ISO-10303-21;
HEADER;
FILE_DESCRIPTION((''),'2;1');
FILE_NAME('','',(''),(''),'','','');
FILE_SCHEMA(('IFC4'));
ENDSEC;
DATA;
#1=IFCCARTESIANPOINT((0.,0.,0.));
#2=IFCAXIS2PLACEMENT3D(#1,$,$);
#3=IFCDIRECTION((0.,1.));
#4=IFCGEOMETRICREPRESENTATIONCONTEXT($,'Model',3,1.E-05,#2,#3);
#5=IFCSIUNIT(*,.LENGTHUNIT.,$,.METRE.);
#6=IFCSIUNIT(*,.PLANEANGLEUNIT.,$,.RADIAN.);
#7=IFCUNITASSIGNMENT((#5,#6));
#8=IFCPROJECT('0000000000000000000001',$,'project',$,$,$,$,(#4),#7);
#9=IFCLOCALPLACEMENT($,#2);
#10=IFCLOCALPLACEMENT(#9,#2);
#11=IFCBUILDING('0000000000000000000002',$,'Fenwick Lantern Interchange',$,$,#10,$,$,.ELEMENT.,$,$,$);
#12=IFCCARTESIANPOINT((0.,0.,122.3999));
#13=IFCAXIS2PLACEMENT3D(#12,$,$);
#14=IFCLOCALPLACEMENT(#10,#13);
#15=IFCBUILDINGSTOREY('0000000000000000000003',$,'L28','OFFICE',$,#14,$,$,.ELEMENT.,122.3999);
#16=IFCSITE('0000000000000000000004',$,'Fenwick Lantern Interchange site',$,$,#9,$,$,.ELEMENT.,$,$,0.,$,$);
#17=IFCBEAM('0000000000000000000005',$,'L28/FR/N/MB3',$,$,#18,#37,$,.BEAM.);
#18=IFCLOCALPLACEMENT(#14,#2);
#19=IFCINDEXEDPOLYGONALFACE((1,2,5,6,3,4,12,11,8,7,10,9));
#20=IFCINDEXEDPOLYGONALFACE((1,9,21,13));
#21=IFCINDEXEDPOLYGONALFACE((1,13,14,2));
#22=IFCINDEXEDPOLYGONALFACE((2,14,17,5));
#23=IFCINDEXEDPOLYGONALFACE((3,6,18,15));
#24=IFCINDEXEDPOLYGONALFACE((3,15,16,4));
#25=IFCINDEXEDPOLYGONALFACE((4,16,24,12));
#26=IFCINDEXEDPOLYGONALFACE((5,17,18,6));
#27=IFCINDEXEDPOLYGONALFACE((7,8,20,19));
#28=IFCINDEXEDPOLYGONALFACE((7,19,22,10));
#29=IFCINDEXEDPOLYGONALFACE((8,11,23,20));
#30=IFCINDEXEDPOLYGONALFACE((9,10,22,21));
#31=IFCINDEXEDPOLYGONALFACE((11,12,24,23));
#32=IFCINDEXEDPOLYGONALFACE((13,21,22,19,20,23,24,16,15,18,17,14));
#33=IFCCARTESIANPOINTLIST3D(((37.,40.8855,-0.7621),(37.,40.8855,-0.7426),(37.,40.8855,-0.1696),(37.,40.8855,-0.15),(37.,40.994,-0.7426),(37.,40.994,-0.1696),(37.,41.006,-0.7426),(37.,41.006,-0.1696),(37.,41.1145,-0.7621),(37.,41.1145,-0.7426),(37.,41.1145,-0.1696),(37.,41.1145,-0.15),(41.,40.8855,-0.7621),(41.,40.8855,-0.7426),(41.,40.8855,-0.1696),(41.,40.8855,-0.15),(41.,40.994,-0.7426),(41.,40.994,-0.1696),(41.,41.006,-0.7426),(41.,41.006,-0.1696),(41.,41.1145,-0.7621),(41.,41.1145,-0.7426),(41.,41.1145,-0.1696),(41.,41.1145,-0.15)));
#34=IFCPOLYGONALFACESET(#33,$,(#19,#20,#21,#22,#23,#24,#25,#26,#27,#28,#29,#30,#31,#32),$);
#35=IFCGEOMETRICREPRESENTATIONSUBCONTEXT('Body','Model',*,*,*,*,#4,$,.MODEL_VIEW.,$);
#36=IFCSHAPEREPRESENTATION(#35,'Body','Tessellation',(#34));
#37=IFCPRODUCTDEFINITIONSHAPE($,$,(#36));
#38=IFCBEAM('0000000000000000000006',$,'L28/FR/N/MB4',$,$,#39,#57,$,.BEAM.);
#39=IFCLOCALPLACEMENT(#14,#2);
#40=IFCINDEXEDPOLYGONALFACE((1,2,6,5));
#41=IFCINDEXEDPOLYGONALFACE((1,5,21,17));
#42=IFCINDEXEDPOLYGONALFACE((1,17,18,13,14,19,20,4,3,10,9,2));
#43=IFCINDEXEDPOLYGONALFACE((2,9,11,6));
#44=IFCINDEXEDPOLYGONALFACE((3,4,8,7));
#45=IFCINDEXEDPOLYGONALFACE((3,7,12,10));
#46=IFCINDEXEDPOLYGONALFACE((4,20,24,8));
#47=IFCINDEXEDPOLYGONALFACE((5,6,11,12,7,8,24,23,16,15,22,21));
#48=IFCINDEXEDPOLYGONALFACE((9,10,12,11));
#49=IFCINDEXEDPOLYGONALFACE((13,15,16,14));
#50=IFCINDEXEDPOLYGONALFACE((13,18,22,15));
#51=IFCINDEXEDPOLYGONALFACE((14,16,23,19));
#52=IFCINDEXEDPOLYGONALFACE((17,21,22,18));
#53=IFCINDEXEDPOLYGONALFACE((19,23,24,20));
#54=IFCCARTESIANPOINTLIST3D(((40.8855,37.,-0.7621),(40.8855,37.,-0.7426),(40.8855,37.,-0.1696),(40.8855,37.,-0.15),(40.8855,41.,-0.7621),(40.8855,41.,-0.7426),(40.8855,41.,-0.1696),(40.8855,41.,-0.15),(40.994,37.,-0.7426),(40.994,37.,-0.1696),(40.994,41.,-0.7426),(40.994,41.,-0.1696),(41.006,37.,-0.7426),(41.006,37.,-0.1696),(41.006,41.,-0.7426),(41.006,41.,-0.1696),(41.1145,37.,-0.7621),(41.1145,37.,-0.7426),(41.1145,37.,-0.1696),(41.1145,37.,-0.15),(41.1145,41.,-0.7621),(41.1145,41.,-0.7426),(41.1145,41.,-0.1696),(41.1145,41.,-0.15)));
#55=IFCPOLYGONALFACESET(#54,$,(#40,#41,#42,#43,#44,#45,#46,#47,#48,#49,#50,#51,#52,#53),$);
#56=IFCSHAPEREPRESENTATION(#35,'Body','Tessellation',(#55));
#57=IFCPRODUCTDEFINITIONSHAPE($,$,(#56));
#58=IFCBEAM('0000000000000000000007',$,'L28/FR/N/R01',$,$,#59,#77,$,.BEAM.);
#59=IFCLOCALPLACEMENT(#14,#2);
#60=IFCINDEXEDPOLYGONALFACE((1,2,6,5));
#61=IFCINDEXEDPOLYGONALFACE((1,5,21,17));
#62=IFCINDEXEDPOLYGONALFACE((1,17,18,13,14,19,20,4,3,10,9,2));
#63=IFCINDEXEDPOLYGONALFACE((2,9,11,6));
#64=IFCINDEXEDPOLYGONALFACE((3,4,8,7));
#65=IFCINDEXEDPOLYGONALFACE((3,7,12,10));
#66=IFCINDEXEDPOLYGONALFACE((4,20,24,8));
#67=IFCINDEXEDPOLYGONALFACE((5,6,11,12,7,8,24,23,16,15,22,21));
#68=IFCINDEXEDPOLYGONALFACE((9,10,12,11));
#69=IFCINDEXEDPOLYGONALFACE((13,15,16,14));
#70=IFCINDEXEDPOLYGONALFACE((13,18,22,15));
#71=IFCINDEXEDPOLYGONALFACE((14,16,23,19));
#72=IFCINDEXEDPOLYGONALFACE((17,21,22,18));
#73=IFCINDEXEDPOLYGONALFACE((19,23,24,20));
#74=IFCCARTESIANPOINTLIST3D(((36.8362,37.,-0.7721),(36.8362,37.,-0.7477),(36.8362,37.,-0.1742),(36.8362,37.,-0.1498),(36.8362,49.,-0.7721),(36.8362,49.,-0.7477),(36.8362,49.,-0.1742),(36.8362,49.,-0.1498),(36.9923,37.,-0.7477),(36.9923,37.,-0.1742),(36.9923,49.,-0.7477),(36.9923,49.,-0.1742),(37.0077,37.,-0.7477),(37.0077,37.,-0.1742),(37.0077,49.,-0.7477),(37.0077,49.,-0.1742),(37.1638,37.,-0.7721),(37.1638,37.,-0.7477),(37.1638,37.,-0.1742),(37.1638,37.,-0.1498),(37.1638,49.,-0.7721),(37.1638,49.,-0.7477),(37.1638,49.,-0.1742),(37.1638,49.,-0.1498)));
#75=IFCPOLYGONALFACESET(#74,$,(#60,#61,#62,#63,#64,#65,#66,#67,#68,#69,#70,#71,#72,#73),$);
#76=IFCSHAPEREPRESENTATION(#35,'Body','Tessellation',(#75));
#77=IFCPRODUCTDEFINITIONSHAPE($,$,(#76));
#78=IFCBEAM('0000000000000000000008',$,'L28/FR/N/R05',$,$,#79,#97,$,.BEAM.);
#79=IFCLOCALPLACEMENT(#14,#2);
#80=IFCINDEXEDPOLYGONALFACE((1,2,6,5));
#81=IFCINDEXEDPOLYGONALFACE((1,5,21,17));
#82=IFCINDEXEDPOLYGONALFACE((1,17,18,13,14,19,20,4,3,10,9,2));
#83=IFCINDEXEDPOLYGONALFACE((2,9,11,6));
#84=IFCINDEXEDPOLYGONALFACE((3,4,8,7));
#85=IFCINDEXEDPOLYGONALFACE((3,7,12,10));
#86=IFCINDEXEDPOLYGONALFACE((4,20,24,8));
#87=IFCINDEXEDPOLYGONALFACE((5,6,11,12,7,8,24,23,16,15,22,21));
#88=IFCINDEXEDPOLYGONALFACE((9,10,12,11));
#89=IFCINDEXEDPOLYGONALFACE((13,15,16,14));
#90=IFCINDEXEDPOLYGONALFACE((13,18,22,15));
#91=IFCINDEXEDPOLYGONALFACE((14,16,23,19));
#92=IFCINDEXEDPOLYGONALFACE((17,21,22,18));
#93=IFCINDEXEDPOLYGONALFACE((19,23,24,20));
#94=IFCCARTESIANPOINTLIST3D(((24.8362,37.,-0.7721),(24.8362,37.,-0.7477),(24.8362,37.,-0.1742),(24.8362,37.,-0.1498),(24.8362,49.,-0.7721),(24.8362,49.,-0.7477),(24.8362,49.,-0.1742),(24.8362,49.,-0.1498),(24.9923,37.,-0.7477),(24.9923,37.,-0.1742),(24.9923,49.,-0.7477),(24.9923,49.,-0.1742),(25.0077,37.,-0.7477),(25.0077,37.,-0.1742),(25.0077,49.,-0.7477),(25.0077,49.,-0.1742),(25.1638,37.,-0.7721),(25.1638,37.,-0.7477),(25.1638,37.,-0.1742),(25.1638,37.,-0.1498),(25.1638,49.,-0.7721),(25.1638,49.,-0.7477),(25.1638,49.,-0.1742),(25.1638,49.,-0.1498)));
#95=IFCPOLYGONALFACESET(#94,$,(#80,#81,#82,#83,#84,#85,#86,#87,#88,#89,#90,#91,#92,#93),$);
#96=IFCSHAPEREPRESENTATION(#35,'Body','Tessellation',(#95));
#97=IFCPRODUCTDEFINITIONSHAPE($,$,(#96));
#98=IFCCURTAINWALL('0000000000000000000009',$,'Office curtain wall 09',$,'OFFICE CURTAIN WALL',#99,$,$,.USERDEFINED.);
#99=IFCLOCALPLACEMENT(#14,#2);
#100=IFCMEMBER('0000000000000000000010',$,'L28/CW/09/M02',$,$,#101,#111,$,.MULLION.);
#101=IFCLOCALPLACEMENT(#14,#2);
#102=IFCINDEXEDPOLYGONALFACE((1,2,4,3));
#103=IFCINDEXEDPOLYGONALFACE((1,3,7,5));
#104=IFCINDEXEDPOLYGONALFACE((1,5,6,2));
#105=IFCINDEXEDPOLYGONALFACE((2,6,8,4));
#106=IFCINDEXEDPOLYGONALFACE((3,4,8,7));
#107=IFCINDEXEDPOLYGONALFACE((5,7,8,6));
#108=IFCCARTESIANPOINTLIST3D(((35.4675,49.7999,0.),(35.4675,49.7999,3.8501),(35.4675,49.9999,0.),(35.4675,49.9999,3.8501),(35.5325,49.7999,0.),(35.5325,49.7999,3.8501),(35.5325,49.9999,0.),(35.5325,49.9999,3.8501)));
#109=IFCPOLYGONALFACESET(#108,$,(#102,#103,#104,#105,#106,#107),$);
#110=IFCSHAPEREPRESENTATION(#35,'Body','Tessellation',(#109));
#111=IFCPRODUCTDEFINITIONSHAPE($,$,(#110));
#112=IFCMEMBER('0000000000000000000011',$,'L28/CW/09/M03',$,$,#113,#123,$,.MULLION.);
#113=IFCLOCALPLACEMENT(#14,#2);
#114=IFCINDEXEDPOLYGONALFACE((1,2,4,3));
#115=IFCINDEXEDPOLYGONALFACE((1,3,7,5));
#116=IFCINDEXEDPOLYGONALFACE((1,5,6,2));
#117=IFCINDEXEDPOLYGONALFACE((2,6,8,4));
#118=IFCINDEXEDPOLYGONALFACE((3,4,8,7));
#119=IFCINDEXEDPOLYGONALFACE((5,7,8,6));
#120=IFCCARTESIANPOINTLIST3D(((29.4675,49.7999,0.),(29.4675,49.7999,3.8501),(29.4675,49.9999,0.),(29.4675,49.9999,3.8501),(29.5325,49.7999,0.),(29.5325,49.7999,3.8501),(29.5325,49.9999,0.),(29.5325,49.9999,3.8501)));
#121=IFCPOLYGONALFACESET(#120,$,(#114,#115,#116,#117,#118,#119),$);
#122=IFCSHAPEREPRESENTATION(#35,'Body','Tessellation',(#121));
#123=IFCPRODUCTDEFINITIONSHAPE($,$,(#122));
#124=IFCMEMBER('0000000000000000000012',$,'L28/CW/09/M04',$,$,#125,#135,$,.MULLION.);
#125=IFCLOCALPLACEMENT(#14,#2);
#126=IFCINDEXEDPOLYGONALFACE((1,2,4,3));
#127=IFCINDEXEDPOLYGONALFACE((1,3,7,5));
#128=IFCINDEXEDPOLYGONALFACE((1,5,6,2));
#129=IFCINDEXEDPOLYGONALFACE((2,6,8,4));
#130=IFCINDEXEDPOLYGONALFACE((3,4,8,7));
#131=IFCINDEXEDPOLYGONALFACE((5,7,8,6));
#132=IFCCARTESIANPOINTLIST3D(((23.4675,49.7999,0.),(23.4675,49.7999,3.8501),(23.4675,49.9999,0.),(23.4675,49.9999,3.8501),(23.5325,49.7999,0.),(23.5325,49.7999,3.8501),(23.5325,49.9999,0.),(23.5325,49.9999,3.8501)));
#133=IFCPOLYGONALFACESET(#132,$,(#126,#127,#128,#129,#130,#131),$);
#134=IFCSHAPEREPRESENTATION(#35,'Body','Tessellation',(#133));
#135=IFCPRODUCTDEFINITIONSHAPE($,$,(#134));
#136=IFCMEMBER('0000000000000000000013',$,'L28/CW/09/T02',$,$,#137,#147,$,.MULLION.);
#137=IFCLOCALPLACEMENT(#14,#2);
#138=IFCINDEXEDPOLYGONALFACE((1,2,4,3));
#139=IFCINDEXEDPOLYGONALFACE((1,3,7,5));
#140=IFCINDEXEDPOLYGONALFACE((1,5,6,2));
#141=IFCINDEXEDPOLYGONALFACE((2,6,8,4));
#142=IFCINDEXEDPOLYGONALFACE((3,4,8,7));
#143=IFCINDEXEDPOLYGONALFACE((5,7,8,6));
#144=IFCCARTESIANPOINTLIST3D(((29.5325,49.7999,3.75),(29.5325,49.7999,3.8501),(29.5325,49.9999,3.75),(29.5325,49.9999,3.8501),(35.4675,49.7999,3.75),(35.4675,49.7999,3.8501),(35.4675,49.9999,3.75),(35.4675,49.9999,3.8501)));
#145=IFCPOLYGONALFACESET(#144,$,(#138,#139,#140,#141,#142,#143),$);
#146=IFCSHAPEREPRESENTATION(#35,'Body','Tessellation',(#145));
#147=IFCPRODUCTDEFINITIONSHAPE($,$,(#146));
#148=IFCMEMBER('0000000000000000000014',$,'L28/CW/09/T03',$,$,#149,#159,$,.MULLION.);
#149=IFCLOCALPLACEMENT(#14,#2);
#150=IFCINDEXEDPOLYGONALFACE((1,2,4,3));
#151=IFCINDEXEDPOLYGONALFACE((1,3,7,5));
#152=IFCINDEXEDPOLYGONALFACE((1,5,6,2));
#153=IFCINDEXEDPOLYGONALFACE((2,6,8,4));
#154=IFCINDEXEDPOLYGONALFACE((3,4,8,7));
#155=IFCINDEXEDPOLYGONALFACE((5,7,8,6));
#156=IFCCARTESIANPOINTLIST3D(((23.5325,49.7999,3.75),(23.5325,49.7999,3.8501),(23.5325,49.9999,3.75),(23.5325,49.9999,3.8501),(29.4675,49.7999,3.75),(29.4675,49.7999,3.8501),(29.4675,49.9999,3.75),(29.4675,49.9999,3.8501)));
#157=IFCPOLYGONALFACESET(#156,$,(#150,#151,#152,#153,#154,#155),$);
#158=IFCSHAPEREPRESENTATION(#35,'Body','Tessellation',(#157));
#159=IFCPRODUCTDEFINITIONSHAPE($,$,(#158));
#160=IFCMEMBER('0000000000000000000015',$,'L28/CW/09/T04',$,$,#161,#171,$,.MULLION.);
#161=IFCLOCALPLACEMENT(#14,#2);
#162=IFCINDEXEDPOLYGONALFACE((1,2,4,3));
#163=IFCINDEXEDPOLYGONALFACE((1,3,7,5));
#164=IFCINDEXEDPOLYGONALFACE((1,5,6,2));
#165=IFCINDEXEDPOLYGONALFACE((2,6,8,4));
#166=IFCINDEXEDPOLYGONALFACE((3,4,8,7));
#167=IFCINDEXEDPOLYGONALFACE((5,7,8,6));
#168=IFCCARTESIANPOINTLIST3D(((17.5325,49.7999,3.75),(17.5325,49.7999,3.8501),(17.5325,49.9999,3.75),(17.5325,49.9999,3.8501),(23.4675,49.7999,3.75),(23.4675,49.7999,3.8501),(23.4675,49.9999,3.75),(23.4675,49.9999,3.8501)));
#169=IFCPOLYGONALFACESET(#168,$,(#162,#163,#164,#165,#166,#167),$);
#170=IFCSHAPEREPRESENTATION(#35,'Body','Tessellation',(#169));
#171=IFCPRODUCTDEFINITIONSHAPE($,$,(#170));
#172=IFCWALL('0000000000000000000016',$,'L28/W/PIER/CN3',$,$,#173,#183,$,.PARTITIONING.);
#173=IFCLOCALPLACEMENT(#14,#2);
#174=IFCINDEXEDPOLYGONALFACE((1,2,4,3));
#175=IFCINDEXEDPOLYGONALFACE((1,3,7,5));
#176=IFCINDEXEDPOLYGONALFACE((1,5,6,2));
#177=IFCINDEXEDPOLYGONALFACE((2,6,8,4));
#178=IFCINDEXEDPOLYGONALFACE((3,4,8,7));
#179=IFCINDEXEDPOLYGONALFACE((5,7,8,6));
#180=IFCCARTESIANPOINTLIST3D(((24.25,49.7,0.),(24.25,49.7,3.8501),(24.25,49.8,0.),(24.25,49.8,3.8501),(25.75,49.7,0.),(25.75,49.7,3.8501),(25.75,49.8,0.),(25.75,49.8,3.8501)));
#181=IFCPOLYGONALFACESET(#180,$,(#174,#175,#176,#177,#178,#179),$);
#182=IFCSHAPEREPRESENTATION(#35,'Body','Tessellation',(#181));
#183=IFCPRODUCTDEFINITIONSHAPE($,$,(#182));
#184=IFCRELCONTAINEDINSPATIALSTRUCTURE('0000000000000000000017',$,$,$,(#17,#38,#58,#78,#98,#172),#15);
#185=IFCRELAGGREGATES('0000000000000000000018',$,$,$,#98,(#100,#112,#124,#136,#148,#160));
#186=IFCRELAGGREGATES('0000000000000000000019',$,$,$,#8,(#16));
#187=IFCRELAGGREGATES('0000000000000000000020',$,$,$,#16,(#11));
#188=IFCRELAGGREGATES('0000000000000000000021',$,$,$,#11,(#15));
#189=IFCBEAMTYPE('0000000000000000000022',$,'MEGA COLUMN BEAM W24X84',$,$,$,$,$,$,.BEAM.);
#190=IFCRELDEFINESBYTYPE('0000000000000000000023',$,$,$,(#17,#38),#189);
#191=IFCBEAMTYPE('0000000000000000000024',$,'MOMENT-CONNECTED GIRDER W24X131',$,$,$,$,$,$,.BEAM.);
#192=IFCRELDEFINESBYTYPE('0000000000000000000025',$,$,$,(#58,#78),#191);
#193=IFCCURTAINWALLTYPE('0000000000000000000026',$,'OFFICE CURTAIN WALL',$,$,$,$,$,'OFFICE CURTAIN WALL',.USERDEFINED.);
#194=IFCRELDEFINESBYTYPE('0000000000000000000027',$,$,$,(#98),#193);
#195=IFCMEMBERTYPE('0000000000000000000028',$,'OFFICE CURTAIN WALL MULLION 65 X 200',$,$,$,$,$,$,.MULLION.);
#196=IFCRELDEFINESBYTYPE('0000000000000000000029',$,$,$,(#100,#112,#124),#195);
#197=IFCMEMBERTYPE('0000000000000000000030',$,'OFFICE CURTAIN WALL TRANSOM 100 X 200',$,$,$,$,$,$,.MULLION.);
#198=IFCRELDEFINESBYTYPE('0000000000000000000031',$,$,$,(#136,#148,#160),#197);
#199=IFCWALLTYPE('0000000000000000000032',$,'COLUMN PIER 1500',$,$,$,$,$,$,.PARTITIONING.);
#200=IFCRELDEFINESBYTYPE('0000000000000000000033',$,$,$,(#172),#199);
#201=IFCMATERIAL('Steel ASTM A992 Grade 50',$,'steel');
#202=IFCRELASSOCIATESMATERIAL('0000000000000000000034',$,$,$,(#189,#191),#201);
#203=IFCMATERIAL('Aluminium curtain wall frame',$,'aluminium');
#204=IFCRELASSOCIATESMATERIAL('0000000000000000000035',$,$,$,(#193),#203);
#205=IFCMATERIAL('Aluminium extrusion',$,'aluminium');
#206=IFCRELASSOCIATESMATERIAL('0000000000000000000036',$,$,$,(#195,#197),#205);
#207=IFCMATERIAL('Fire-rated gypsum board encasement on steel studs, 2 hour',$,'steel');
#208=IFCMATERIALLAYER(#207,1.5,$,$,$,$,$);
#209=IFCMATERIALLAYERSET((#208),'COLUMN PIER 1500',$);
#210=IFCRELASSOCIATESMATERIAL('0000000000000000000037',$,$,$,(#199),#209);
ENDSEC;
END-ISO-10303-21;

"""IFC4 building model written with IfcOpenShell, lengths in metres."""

from ifc_helpers import new_model, si_unit, direction, frame, frame_2d, origin, origin_2d, place, context, subcontext, project, spatial, rectangle, i_section, extrude, material, layer, layer_set, material_profile, profile_set, type_object, element, aggregate, save


model = new_model("IFC4")

# Units and contexts
model_context = context("Model", 3, precision=1e-05, world=origin(), true_north=direction((0.0, 1.0)))
body_context = subcontext(model_context, "Body", "Model", "MODEL_VIEW")
ifc_project = project(units=[si_unit("LENGTHUNIT", "METRE"), si_unit("PLANEANGLEUNIT", "RADIAN")], contexts=[model_context])

# Site, building, storey
site_placement = place(None, origin())
site = spatial("IfcSite", under=ifc_project, at=site_placement, Name="Fenwick Lantern Interchange site", CompositionType="ELEMENT", RefElevation=0.0)
building_placement = place(site_placement, origin())
building = spatial("IfcBuilding", under=site, at=building_placement, Name="Fenwick Lantern Interchange", CompositionType="ELEMENT")
storey_placement = place(building_placement, frame((0.0, 0.0, 122.3999)))
storey = spatial("IfcBuildingStorey", under=building, at=storey_placement, Name="L28", Description="OFFICE", CompositionType="ELEMENT", Elevation=122.3999)

# Beams
ifc_material_1 = material(Name="Steel ASTM A992 Grade 50", Category="steel")
ifc_material_profile_1 = material_profile(ifc_material_1, i_section(OverallWidth=0.229, OverallDepth=0.6121, WebThickness=0.012, FlangeThickness=0.0195, at=origin_2d()), Name="W24X84")
ifc_profile_set_1 = profile_set([ifc_material_profile_1], Name="Steel ASTM A992 Grade 50")
beam_type_1 = type_object("IfcBeamType", Name="MEGA COLUMN BEAM W24X84", PredefinedType="BEAM", material=ifc_profile_set_1)
for number, where, z_axis, x_axis, name in (
    (1, (41.0, 41.0, -0.4561), (-1.0, 0.0, 0.0), (0.0, -1.0, 0.0), "L28/FR/N/MB3"),
    (2, (41.0, 41.0, -0.4561), (0.0, -1.0, 0.0), (1.0, 0.0, 0.0), "L28/FR/N/MB4"),
):
    element("IfcBeam", number, at=place(storey_placement, frame(where, z_axis=z_axis, x_axis=x_axis)), inside=storey, type_object=beam_type_1, Name=name, PredefinedType="BEAM", context=body_context, shape_type="SweptSolid", body=[
        extrude(i_section(OverallWidth=0.229, OverallDepth=0.6121, WebThickness=0.012, FlangeThickness=0.0195, at=origin_2d()), origin(), (0.0, 0.0, 1.0), 4.0),
    ])
ifc_material_profile_2 = material_profile(ifc_material_1, i_section(OverallWidth=0.3276, OverallDepth=0.6223, WebThickness=0.0154, FlangeThickness=0.0244, at=origin_2d()), Name="W24X131")
ifc_profile_set_2 = profile_set([ifc_material_profile_2], Name="Steel ASTM A992 Grade 50")
beam_type_2 = type_object("IfcBeamType", Name="MOMENT-CONNECTED GIRDER W24X131", PredefinedType="BEAM", material=ifc_profile_set_2)
for number, where, z_axis, x_axis, name in (
    (3, (37.0, 49.0, -0.4609), (0.0, -1.0, 0.0), (1.0, 0.0, 0.0), "L28/FR/N/R01"),
    (4, (25.0, 49.0, -0.4609), (0.0, -1.0, 0.0), (1.0, 0.0, 0.0), "L28/FR/N/R05"),
):
    element("IfcBeam", number, at=place(storey_placement, frame(where, z_axis=z_axis, x_axis=x_axis)), inside=storey, type_object=beam_type_2, Name=name, PredefinedType="BEAM", context=body_context, shape_type="SweptSolid", body=[
        extrude(i_section(OverallWidth=0.3276, OverallDepth=0.6223, WebThickness=0.0154, FlangeThickness=0.0244, at=origin_2d()), origin(), (0.0, 0.0, 1.0), 12.0),
    ])

# Curtain wall, members
ifc_material_2 = material(Name="Aluminium curtain wall frame", Category="aluminium")
curtain_wall_type = type_object("IfcCurtainWallType", Name="OFFICE CURTAIN WALL", ElementType="OFFICE CURTAIN WALL", PredefinedType="USERDEFINED", material=ifc_material_2)
curtain_wall_placement = place(storey_placement, origin())
curtain_wall = element("IfcCurtainWall", 5, at=curtain_wall_placement, inside=storey, type_object=curtain_wall_type, Name="Office curtain wall 09", ObjectType="OFFICE CURTAIN WALL", PredefinedType="USERDEFINED")
ifc_material_3 = material(Name="Aluminium extrusion", Category="aluminium")
ifc_material_profile_3 = material_profile(ifc_material_3, rectangle(XDim=0.2, YDim=0.0649, at=origin_2d()), Name="OFFICE CURTAIN WALL MULLION 65 X 200")
ifc_profile_set_3 = profile_set([ifc_material_profile_3], Name="Aluminium extrusion")
member_type_1 = type_object("IfcMemberType", Name="OFFICE CURTAIN WALL MULLION 65 X 200", PredefinedType="MULLION", material=ifc_profile_set_3)
member_1_placement = place(storey_placement, frame((35.5, 49.8999, 0.0), z_axis=(0.0, 0.0, 1.0), x_axis=(0.0, -1.0, 0.0)))
member_1 = element("IfcMember", 6, at=member_1_placement, type_object=member_type_1, Name="L28/CW/09/M02", PredefinedType="MULLION", context=body_context, shape_type="SweptSolid", body=[
    extrude(rectangle(XDim=0.2, YDim=0.0649, at=origin_2d()), origin(), (0.0, 0.0, 1.0), 3.8501),
])
member_2_placement = place(storey_placement, frame((29.5, 49.8999, 0.0), z_axis=(0.0, 0.0, 1.0), x_axis=(0.0, -1.0, 0.0)))
member_2 = element("IfcMember", 7, at=member_2_placement, type_object=member_type_1, Name="L28/CW/09/M03", PredefinedType="MULLION", context=body_context, shape_type="SweptSolid", body=[
    extrude(rectangle(XDim=0.2, YDim=0.0649, at=origin_2d()), origin(), (0.0, 0.0, 1.0), 3.8501),
])
member_3_placement = place(storey_placement, frame((23.5, 49.8999, 0.0), z_axis=(0.0, 0.0, 1.0), x_axis=(0.0, -1.0, 0.0)))
member_3 = element("IfcMember", 8, at=member_3_placement, type_object=member_type_1, Name="L28/CW/09/M04", PredefinedType="MULLION", context=body_context, shape_type="SweptSolid", body=[
    extrude(rectangle(XDim=0.2, YDim=0.0649, at=origin_2d()), origin(), (0.0, 0.0, 1.0), 3.8501),
])
ifc_material_profile_4 = material_profile(ifc_material_3, rectangle(XDim=0.2, YDim=0.1001, at=origin_2d()), Name="OFFICE CURTAIN WALL TRANSOM 100 X 200")
ifc_profile_set_4 = profile_set([ifc_material_profile_4], Name="Aluminium extrusion")
member_type_2 = type_object("IfcMemberType", Name="OFFICE CURTAIN WALL TRANSOM 100 X 200", PredefinedType="MULLION", material=ifc_profile_set_4)
member_4_placement = place(storey_placement, frame((35.4675, 49.8999, 3.8), z_axis=(-1.0, 0.0, 0.0), x_axis=(0.0, -1.0, 0.0)))
member_4 = element("IfcMember", 9, at=member_4_placement, type_object=member_type_2, Name="L28/CW/09/T02", PredefinedType="MULLION", context=body_context, shape_type="SweptSolid", body=[
    extrude(rectangle(XDim=0.2, YDim=0.1001, at=origin_2d()), origin(), (0.0, 0.0, 1.0), 5.9351),
])
member_5_placement = place(storey_placement, frame((29.4675, 49.8999, 3.8), z_axis=(-1.0, 0.0, 0.0), x_axis=(0.0, -1.0, 0.0)))
member_5 = element("IfcMember", 10, at=member_5_placement, type_object=member_type_2, Name="L28/CW/09/T03", PredefinedType="MULLION", context=body_context, shape_type="SweptSolid", body=[
    extrude(rectangle(XDim=0.2, YDim=0.1001, at=origin_2d()), origin(), (0.0, 0.0, 1.0), 5.9351),
])
member_6_placement = place(storey_placement, frame((23.4675, 49.8999, 3.8), z_axis=(-1.0, 0.0, 0.0), x_axis=(0.0, -1.0, 0.0)))
member_6 = element("IfcMember", 11, at=member_6_placement, type_object=member_type_2, Name="L28/CW/09/T04", PredefinedType="MULLION", context=body_context, shape_type="SweptSolid", body=[
    extrude(rectangle(XDim=0.2, YDim=0.1001, at=origin_2d()), origin(), (0.0, 0.0, 1.0), 5.9351),
])
aggregate(curtain_wall, [member_1, member_2, member_3, member_4, member_5, member_6])

# Wall
ifc_material_4 = material(Name="Fire-rated gypsum board encasement on steel studs, 2 hour", Category="steel")
ifc_layer_1 = layer(ifc_material_4, 1.5)
ifc_layer_set_1 = layer_set([ifc_layer_1], Name="COLUMN PIER 1500")
wall_type_1 = type_object("IfcWallType", Name="COLUMN PIER 1500", PredefinedType="PARTITIONING", material=ifc_layer_set_1)
wall_1_placement = place(storey_placement, frame((25.0, 49.8, 0.0), z_axis=(0.0, 0.0, 1.0), x_axis=(0.0, -1.0, 0.0)))
element("IfcWall", 12, at=wall_1_placement, inside=storey, type_object=wall_type_1, Name="L28/W/PIER/CN3", PredefinedType="PARTITIONING", context=body_context, shape_type="SweptSolid", body=[
    extrude(rectangle(XDim=0.1001, YDim=1.5, at=frame_2d((0.05, 0.0))), origin(), (0.0, 0.0, 1.0), 3.8501),
])

save(model, "model.ifc")
